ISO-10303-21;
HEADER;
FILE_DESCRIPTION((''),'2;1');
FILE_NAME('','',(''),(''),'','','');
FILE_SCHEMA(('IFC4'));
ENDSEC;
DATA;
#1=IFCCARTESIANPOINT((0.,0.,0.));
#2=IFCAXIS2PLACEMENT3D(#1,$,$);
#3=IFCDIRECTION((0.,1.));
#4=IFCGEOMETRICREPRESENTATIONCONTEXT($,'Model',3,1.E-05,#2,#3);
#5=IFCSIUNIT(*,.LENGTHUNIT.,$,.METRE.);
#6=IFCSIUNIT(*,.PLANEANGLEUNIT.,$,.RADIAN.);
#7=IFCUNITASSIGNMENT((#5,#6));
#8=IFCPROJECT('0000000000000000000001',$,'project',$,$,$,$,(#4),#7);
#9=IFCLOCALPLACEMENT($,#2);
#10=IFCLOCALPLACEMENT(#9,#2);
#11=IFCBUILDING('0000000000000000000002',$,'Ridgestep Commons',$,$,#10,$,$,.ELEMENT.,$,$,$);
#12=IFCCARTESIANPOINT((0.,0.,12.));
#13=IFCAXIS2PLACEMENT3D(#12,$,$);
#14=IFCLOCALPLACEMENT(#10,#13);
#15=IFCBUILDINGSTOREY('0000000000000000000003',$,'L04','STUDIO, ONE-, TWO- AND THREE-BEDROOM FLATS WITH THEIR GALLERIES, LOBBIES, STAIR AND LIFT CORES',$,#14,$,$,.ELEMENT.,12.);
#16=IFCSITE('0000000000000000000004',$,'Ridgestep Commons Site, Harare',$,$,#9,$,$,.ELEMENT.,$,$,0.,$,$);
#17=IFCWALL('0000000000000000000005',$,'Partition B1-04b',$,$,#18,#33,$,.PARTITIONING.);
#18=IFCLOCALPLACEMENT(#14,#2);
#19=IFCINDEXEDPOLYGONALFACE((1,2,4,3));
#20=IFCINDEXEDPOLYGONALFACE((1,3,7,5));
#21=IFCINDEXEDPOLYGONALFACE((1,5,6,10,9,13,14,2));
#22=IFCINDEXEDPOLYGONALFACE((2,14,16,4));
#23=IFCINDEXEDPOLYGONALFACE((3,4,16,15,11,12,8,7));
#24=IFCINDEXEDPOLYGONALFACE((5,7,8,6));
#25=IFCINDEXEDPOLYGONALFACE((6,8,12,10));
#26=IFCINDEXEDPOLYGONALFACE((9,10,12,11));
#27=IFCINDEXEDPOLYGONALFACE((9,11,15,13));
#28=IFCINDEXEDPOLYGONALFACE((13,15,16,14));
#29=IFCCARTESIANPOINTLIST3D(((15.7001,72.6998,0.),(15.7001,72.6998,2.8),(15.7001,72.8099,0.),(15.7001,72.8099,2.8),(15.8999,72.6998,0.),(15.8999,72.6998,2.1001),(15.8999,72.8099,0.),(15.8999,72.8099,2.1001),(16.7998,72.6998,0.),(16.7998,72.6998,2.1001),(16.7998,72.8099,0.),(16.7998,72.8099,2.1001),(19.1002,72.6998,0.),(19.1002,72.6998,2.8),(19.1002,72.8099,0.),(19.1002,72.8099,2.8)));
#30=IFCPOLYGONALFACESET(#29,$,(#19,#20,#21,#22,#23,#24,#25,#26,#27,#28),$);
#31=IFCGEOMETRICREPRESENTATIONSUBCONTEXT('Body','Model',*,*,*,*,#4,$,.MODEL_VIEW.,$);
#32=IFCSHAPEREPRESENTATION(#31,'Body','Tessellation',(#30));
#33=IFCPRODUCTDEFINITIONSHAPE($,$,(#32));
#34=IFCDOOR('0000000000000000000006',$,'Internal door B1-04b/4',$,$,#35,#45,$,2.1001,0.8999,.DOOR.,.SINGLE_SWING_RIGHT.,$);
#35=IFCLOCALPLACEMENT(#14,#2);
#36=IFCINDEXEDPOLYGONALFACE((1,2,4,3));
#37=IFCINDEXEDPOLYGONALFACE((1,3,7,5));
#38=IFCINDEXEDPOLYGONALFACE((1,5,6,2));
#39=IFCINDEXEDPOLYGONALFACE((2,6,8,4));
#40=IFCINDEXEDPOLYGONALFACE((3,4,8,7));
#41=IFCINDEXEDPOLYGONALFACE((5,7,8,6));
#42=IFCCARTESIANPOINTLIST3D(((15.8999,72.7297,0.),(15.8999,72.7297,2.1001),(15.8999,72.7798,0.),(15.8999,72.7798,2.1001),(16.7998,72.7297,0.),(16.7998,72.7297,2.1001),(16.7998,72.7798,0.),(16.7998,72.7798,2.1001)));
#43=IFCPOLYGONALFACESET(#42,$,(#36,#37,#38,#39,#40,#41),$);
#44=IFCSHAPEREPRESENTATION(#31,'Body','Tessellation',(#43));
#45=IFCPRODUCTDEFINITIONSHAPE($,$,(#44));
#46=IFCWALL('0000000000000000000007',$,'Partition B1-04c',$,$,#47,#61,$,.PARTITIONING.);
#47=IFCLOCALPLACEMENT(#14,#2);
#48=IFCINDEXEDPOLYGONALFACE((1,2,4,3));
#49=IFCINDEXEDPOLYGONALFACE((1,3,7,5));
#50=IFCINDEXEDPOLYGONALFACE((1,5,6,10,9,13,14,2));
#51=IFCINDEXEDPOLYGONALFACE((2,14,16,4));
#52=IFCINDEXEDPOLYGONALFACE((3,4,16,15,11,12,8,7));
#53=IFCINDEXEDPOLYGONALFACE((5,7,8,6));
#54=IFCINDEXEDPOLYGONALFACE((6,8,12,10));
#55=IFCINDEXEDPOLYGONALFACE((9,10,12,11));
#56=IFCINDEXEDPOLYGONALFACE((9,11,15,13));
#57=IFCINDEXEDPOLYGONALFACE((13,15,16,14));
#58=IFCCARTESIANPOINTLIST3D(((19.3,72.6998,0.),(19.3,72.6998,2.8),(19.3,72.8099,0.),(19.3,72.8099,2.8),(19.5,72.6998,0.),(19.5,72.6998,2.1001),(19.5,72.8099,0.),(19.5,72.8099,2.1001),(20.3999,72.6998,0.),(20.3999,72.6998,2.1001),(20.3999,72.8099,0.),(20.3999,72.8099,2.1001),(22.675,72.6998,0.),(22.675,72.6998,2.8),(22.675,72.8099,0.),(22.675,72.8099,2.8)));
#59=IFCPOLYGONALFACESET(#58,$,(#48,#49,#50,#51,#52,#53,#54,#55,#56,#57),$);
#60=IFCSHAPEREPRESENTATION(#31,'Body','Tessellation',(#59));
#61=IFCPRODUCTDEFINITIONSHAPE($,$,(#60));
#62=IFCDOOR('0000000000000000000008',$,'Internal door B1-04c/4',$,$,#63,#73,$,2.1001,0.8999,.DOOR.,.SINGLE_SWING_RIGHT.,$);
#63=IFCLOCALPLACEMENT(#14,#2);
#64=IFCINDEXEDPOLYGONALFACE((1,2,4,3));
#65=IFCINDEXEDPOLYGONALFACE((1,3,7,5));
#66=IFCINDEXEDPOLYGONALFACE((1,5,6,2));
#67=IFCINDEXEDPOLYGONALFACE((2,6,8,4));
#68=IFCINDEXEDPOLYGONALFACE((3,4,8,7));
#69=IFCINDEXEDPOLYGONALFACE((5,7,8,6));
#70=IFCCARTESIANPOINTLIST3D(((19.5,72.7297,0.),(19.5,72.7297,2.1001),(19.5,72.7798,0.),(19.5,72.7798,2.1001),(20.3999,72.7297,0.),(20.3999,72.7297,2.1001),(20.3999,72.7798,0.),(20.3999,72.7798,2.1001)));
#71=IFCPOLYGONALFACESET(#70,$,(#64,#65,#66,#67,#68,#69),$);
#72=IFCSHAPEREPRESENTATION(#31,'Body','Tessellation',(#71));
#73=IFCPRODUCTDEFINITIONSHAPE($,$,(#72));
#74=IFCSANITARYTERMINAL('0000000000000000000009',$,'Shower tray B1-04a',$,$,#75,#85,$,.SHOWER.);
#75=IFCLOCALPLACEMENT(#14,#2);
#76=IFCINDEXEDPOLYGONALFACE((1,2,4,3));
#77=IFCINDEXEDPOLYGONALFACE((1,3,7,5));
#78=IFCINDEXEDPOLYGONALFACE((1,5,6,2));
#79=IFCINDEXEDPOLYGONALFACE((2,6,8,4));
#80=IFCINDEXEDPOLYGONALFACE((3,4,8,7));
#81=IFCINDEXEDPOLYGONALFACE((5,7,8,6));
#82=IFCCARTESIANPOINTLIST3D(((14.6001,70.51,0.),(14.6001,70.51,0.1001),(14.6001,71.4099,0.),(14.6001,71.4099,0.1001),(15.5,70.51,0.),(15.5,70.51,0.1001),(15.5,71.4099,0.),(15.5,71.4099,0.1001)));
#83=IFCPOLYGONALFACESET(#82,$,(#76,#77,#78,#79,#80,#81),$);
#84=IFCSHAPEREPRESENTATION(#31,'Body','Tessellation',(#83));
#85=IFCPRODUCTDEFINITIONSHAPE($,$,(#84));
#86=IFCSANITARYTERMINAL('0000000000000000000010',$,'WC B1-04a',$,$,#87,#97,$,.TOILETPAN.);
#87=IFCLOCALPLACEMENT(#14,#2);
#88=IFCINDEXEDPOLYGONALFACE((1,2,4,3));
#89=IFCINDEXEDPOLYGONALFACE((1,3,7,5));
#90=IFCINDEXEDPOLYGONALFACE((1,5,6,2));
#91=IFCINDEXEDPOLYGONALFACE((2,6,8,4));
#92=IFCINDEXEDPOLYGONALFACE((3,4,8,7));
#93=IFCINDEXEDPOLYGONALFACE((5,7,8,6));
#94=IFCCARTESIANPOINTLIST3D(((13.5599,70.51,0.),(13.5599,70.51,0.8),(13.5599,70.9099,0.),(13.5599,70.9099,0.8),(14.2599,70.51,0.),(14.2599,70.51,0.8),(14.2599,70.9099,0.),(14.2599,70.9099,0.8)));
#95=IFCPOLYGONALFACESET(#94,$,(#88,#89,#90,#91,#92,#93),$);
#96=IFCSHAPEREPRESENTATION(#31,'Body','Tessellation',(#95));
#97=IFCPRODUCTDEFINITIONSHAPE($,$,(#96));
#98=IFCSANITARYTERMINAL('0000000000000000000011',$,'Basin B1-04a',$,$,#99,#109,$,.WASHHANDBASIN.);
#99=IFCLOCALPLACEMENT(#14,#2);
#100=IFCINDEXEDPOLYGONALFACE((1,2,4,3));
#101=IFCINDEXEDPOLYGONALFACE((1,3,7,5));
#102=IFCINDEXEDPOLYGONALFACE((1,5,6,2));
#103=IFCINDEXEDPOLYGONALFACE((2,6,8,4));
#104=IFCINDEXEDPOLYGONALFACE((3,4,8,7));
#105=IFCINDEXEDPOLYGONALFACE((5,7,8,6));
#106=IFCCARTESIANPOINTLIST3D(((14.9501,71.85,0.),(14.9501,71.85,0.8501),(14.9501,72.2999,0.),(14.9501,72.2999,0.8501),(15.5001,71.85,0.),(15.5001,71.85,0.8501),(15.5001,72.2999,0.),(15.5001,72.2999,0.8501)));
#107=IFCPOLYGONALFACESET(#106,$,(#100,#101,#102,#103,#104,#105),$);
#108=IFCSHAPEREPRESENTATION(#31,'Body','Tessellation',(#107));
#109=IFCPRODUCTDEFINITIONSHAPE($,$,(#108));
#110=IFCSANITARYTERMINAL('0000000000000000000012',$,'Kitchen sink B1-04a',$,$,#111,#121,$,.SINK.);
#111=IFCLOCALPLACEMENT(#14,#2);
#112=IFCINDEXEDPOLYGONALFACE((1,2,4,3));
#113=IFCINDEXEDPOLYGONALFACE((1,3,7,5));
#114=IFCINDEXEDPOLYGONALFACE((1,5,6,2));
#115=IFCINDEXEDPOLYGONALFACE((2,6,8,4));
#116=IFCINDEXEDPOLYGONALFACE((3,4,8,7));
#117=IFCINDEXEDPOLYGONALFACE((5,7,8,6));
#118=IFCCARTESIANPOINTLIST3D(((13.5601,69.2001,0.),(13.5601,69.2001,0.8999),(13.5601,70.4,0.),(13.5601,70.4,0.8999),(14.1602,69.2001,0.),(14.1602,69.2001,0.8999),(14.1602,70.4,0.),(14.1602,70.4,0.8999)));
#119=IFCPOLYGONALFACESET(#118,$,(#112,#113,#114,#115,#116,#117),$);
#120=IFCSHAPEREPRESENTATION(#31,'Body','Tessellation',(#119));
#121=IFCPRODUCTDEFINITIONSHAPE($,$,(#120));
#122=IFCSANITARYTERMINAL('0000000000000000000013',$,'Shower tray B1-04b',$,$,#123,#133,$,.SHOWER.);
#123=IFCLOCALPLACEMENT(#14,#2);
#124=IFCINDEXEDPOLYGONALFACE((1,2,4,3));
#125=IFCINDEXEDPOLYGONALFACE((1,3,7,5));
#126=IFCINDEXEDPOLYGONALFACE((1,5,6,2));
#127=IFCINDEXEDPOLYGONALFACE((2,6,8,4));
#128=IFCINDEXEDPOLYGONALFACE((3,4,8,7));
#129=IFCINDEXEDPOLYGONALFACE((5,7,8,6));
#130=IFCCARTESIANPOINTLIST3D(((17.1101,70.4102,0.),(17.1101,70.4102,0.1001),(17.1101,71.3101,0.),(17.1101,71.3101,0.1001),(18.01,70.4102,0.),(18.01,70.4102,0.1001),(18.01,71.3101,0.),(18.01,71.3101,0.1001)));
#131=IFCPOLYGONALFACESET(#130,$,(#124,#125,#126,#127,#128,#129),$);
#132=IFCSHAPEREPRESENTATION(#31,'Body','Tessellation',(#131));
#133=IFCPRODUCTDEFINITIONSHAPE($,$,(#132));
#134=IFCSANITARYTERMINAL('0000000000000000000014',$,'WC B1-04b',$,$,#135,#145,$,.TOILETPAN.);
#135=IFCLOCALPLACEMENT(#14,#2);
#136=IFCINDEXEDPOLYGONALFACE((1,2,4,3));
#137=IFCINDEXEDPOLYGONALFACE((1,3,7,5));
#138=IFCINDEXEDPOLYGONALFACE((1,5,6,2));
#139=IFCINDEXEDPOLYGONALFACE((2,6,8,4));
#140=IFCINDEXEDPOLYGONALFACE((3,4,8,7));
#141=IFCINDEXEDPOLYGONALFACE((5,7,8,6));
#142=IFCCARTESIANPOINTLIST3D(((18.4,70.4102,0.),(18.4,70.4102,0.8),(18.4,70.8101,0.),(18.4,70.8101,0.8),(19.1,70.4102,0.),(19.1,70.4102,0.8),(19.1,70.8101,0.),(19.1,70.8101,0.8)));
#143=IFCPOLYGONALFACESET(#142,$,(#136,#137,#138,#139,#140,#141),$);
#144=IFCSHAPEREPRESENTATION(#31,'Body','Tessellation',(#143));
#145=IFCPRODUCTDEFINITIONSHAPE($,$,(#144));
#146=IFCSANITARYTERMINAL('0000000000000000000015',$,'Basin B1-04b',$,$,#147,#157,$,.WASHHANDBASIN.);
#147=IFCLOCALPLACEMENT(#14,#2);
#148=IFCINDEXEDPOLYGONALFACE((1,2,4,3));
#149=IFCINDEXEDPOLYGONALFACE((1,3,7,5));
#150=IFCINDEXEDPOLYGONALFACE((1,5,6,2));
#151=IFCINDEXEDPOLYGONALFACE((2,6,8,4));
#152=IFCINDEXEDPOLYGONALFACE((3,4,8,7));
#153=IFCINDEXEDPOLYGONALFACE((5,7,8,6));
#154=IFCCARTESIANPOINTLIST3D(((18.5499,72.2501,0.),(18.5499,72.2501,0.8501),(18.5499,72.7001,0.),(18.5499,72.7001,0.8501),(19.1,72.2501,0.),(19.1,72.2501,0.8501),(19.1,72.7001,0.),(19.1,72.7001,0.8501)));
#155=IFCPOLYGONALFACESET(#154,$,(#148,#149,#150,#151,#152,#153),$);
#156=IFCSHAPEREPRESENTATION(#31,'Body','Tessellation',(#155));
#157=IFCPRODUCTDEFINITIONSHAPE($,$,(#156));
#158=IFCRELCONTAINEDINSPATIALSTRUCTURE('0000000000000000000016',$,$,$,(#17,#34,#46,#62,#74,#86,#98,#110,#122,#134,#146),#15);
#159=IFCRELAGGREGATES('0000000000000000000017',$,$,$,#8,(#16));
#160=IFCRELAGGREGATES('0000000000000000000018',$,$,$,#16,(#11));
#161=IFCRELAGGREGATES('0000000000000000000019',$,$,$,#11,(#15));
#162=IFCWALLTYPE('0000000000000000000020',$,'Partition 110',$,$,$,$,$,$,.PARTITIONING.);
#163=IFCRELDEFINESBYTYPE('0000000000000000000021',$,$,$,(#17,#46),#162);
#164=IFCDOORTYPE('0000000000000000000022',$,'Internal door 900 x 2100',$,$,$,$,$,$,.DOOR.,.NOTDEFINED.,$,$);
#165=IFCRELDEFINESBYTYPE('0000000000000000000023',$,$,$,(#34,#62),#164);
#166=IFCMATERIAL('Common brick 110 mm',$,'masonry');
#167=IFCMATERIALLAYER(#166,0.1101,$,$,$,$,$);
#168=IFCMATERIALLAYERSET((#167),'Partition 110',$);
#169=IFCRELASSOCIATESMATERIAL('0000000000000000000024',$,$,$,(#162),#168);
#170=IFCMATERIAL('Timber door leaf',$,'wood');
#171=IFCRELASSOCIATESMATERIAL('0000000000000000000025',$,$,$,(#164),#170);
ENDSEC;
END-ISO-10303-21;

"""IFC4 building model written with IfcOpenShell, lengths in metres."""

from ifc_helpers import new_model, si_unit, direction, frame, frame_2d, origin, origin_2d, place, context, subcontext, project, spatial, rectangle, extrude, material, layer, layer_set, type_object, element, fill, save


model = new_model("IFC4")

# Units and contexts
model_context = context("Model", 3, precision=1e-05, world=origin(), true_north=direction((0.0, 1.0)))
body_context = subcontext(model_context, "Body", "Model", "MODEL_VIEW")
ifc_project = project(units=[si_unit("LENGTHUNIT", "METRE"), si_unit("PLANEANGLEUNIT", "RADIAN")], contexts=[model_context])

# Site, building, storey
site_placement = place(None, origin())
site = spatial("IfcSite", under=ifc_project, at=site_placement, Name="Ridgestep Commons Site, Harare", CompositionType="ELEMENT", RefElevation=0.0)
building_placement = place(site_placement, origin())
building = spatial("IfcBuilding", under=site, at=building_placement, Name="Ridgestep Commons", CompositionType="ELEMENT")
storey_placement = place(building_placement, frame((0.0, 0.0, 12.0)))
storey = spatial("IfcBuildingStorey", under=building, at=storey_placement, Name="L04", Description="STUDIO, ONE-, TWO- AND THREE-BEDROOM FLATS WITH THEIR GALLERIES, LOBBIES, STAIR AND LIFT CORES", CompositionType="ELEMENT", Elevation=12.0)

# Shared definitions
ifc_material_1 = material(Name="Common brick 110 mm", Category="masonry")
ifc_layer_1 = layer(ifc_material_1, 0.1101)
ifc_layer_set_1 = layer_set([ifc_layer_1], Name="Partition 110")
wall_type_1 = type_object("IfcWallType", Name="Partition 110", PredefinedType="PARTITIONING", material=ifc_layer_set_1)

# Shared definitions
ifc_material_2 = material(Name="Timber door leaf", Category="wood")
door_type = type_object("IfcDoorType", Name="Internal door 900 x 2100", OperationType="NOTDEFINED", PredefinedType="DOOR", material=ifc_material_2)

# Walls, openings, doors
wall_1_placement = place(storey_placement, frame((15.7, 72.7549, 0.0), z_axis=(0.0, 0.0, 1.0), x_axis=(1.0, 0.0, 0.0)))
wall_1 = element("IfcWall", 1, at=wall_1_placement, inside=storey, type_object=wall_type_1, Name="Partition B1-04b", PredefinedType="PARTITIONING", context=body_context, shape_type="SweptSolid", body=[
    extrude(rectangle(XDim=3.4001, YDim=0.1101, at=frame_2d((1.7002, 0.0))), origin(), (0.0, 0.0, 1.0), 2.8),
])
opening_1_placement = place(wall_1_placement, frame((0.2, 0.0, 0.0)))
opening_1 = element("IfcOpeningElement", 2, at=opening_1_placement, cuts=wall_1, PredefinedType="OPENING", context=body_context, shape_type="SweptSolid", body=[
    extrude(rectangle(XDim=0.8999, YDim=2.1001, at=frame_2d((0.45, 1.05))), frame((0.0, 0.0649, 0.0), z_axis=(0.0, -1.0, 0.0), x_axis=(1.0, 0.0, 0.0)), (0.0, 0.0, 1.0), 0.1301),
])
door_1_placement = place(opening_1_placement, origin())
door_1 = element("IfcDoor", 3, at=door_1_placement, inside=storey, type_object=door_type, Name="Internal door B1-04b/4", OperationType="SINGLE_SWING_RIGHT", OverallHeight=2.1001, OverallWidth=0.8999, PredefinedType="DOOR", context=body_context, shape_type="SweptSolid", body=[
    extrude(rectangle(XDim=0.8999, YDim=2.1001, at=frame_2d((0.45, 1.05))), frame((0.0, 0.0249, 0.0), z_axis=(0.0, -1.0, 0.0), x_axis=(1.0, 0.0, 0.0)), (0.0, 0.0, 1.0), 0.05),
])
fill(opening_1, door_1)
wall_2_placement = place(storey_placement, frame((19.3, 72.7549, 0.0), z_axis=(0.0, 0.0, 1.0), x_axis=(1.0, 0.0, 0.0)))
wall_2 = element("IfcWall", 4, at=wall_2_placement, inside=storey, type_object=wall_type_1, Name="Partition B1-04c", PredefinedType="PARTITIONING", context=body_context, shape_type="SweptSolid", body=[
    extrude(rectangle(XDim=3.375, YDim=0.1101, at=frame_2d((1.6875, 0.0))), origin(), (0.0, 0.0, 1.0), 2.8),
])
opening_2_placement = place(wall_2_placement, frame((0.2, 0.0, 0.0)))
opening_2 = element("IfcOpeningElement", 5, at=opening_2_placement, cuts=wall_2, PredefinedType="OPENING", context=body_context, shape_type="SweptSolid", body=[
    extrude(rectangle(XDim=0.8999, YDim=2.1001, at=frame_2d((0.45, 1.05))), frame((0.0, 0.0649, 0.0), z_axis=(0.0, -1.0, 0.0), x_axis=(1.0, 0.0, 0.0)), (0.0, 0.0, 1.0), 0.1301),
])
door_2_placement = place(opening_2_placement, origin())
door_2 = element("IfcDoor", 6, at=door_2_placement, inside=storey, type_object=door_type, Name="Internal door B1-04c/4", OperationType="SINGLE_SWING_RIGHT", OverallHeight=2.1001, OverallWidth=0.8999, PredefinedType="DOOR", context=body_context, shape_type="SweptSolid", body=[
    extrude(rectangle(XDim=0.8999, YDim=2.1001, at=frame_2d((0.45, 1.05))), frame((0.0, 0.0249, 0.0), z_axis=(0.0, -1.0, 0.0), x_axis=(1.0, 0.0, 0.0)), (0.0, 0.0, 1.0), 0.05),
])
fill(opening_2, door_2)

# Sanitary terminals
sanitary_terminal_1_placement = place(storey_placement, frame((15.05, 70.96, 0.0), z_axis=(0.0, 0.0, 1.0), x_axis=(1.0, 0.0, 0.0)))
element("IfcSanitaryTerminal", 7, at=sanitary_terminal_1_placement, inside=storey, Name="Shower tray B1-04a", PredefinedType="SHOWER", context=body_context, shape_type="SweptSolid", body=[
    extrude(rectangle(XDim=0.8999, YDim=0.8999, at=origin_2d()), origin(), (0.0, 0.0, 1.0), 0.1001),
])
sanitary_terminal_2_placement = place(storey_placement, frame((13.9099, 70.71, 0.0), z_axis=(0.0, 0.0, 1.0), x_axis=(1.0, 0.0, 0.0)))
element("IfcSanitaryTerminal", 8, at=sanitary_terminal_2_placement, inside=storey, Name="WC B1-04a", PredefinedType="TOILETPAN", context=body_context, shape_type="SweptSolid", body=[
    extrude(rectangle(XDim=0.7, YDim=0.3999, at=origin_2d()), origin(), (0.0, 0.0, 1.0), 0.8),
])
sanitary_terminal_3_placement = place(storey_placement, frame((15.2251, 72.075, 0.0), z_axis=(0.0, 0.0, 1.0), x_axis=(1.0, 0.0, 0.0)))
element("IfcSanitaryTerminal", 9, at=sanitary_terminal_3_placement, inside=storey, Name="Basin B1-04a", PredefinedType="WASHHANDBASIN", context=body_context, shape_type="SweptSolid", body=[
    extrude(rectangle(XDim=0.55, YDim=0.45, at=origin_2d()), origin(), (0.0, 0.0, 1.0), 0.8501),
])
sanitary_terminal_4_placement = place(storey_placement, frame((13.8601, 69.8, 0.0), z_axis=(0.0, 0.0, 1.0), x_axis=(1.0, 0.0, 0.0)))
element("IfcSanitaryTerminal", 10, at=sanitary_terminal_4_placement, inside=storey, Name="Kitchen sink B1-04a", PredefinedType="SINK", context=body_context, shape_type="SweptSolid", body=[
    extrude(rectangle(XDim=0.6001, YDim=1.2, at=origin_2d()), origin(), (0.0, 0.0, 1.0), 0.8999),
])
sanitary_terminal_5_placement = place(storey_placement, frame((17.5601, 70.8601, 0.0), z_axis=(0.0, 0.0, 1.0), x_axis=(1.0, 0.0, 0.0)))
element("IfcSanitaryTerminal", 11, at=sanitary_terminal_5_placement, inside=storey, Name="Shower tray B1-04b", PredefinedType="SHOWER", context=body_context, shape_type="SweptSolid", body=[
    extrude(rectangle(XDim=0.8999, YDim=0.8999, at=origin_2d()), origin(), (0.0, 0.0, 1.0), 0.1001),
])
sanitary_terminal_6_placement = place(storey_placement, frame((18.75, 70.6101, 0.0), z_axis=(0.0, 0.0, 1.0), x_axis=(1.0, 0.0, 0.0)))
element("IfcSanitaryTerminal", 12, at=sanitary_terminal_6_placement, inside=storey, Name="WC B1-04b", PredefinedType="TOILETPAN", context=body_context, shape_type="SweptSolid", body=[
    extrude(rectangle(XDim=0.7, YDim=0.3999, at=origin_2d()), origin(), (0.0, 0.0, 1.0), 0.8),
])
sanitary_terminal_7_placement = place(storey_placement, frame((18.825, 72.4751, 0.0), z_axis=(0.0, 0.0, 1.0), x_axis=(1.0, 0.0, 0.0)))
element("IfcSanitaryTerminal", 13, at=sanitary_terminal_7_placement, inside=storey, Name="Basin B1-04b", PredefinedType="WASHHANDBASIN", context=body_context, shape_type="SweptSolid", body=[
    extrude(rectangle(XDim=0.55, YDim=0.45, at=origin_2d()), origin(), (0.0, 0.0, 1.0), 0.8501),
])

save(model, "model.ifc")
